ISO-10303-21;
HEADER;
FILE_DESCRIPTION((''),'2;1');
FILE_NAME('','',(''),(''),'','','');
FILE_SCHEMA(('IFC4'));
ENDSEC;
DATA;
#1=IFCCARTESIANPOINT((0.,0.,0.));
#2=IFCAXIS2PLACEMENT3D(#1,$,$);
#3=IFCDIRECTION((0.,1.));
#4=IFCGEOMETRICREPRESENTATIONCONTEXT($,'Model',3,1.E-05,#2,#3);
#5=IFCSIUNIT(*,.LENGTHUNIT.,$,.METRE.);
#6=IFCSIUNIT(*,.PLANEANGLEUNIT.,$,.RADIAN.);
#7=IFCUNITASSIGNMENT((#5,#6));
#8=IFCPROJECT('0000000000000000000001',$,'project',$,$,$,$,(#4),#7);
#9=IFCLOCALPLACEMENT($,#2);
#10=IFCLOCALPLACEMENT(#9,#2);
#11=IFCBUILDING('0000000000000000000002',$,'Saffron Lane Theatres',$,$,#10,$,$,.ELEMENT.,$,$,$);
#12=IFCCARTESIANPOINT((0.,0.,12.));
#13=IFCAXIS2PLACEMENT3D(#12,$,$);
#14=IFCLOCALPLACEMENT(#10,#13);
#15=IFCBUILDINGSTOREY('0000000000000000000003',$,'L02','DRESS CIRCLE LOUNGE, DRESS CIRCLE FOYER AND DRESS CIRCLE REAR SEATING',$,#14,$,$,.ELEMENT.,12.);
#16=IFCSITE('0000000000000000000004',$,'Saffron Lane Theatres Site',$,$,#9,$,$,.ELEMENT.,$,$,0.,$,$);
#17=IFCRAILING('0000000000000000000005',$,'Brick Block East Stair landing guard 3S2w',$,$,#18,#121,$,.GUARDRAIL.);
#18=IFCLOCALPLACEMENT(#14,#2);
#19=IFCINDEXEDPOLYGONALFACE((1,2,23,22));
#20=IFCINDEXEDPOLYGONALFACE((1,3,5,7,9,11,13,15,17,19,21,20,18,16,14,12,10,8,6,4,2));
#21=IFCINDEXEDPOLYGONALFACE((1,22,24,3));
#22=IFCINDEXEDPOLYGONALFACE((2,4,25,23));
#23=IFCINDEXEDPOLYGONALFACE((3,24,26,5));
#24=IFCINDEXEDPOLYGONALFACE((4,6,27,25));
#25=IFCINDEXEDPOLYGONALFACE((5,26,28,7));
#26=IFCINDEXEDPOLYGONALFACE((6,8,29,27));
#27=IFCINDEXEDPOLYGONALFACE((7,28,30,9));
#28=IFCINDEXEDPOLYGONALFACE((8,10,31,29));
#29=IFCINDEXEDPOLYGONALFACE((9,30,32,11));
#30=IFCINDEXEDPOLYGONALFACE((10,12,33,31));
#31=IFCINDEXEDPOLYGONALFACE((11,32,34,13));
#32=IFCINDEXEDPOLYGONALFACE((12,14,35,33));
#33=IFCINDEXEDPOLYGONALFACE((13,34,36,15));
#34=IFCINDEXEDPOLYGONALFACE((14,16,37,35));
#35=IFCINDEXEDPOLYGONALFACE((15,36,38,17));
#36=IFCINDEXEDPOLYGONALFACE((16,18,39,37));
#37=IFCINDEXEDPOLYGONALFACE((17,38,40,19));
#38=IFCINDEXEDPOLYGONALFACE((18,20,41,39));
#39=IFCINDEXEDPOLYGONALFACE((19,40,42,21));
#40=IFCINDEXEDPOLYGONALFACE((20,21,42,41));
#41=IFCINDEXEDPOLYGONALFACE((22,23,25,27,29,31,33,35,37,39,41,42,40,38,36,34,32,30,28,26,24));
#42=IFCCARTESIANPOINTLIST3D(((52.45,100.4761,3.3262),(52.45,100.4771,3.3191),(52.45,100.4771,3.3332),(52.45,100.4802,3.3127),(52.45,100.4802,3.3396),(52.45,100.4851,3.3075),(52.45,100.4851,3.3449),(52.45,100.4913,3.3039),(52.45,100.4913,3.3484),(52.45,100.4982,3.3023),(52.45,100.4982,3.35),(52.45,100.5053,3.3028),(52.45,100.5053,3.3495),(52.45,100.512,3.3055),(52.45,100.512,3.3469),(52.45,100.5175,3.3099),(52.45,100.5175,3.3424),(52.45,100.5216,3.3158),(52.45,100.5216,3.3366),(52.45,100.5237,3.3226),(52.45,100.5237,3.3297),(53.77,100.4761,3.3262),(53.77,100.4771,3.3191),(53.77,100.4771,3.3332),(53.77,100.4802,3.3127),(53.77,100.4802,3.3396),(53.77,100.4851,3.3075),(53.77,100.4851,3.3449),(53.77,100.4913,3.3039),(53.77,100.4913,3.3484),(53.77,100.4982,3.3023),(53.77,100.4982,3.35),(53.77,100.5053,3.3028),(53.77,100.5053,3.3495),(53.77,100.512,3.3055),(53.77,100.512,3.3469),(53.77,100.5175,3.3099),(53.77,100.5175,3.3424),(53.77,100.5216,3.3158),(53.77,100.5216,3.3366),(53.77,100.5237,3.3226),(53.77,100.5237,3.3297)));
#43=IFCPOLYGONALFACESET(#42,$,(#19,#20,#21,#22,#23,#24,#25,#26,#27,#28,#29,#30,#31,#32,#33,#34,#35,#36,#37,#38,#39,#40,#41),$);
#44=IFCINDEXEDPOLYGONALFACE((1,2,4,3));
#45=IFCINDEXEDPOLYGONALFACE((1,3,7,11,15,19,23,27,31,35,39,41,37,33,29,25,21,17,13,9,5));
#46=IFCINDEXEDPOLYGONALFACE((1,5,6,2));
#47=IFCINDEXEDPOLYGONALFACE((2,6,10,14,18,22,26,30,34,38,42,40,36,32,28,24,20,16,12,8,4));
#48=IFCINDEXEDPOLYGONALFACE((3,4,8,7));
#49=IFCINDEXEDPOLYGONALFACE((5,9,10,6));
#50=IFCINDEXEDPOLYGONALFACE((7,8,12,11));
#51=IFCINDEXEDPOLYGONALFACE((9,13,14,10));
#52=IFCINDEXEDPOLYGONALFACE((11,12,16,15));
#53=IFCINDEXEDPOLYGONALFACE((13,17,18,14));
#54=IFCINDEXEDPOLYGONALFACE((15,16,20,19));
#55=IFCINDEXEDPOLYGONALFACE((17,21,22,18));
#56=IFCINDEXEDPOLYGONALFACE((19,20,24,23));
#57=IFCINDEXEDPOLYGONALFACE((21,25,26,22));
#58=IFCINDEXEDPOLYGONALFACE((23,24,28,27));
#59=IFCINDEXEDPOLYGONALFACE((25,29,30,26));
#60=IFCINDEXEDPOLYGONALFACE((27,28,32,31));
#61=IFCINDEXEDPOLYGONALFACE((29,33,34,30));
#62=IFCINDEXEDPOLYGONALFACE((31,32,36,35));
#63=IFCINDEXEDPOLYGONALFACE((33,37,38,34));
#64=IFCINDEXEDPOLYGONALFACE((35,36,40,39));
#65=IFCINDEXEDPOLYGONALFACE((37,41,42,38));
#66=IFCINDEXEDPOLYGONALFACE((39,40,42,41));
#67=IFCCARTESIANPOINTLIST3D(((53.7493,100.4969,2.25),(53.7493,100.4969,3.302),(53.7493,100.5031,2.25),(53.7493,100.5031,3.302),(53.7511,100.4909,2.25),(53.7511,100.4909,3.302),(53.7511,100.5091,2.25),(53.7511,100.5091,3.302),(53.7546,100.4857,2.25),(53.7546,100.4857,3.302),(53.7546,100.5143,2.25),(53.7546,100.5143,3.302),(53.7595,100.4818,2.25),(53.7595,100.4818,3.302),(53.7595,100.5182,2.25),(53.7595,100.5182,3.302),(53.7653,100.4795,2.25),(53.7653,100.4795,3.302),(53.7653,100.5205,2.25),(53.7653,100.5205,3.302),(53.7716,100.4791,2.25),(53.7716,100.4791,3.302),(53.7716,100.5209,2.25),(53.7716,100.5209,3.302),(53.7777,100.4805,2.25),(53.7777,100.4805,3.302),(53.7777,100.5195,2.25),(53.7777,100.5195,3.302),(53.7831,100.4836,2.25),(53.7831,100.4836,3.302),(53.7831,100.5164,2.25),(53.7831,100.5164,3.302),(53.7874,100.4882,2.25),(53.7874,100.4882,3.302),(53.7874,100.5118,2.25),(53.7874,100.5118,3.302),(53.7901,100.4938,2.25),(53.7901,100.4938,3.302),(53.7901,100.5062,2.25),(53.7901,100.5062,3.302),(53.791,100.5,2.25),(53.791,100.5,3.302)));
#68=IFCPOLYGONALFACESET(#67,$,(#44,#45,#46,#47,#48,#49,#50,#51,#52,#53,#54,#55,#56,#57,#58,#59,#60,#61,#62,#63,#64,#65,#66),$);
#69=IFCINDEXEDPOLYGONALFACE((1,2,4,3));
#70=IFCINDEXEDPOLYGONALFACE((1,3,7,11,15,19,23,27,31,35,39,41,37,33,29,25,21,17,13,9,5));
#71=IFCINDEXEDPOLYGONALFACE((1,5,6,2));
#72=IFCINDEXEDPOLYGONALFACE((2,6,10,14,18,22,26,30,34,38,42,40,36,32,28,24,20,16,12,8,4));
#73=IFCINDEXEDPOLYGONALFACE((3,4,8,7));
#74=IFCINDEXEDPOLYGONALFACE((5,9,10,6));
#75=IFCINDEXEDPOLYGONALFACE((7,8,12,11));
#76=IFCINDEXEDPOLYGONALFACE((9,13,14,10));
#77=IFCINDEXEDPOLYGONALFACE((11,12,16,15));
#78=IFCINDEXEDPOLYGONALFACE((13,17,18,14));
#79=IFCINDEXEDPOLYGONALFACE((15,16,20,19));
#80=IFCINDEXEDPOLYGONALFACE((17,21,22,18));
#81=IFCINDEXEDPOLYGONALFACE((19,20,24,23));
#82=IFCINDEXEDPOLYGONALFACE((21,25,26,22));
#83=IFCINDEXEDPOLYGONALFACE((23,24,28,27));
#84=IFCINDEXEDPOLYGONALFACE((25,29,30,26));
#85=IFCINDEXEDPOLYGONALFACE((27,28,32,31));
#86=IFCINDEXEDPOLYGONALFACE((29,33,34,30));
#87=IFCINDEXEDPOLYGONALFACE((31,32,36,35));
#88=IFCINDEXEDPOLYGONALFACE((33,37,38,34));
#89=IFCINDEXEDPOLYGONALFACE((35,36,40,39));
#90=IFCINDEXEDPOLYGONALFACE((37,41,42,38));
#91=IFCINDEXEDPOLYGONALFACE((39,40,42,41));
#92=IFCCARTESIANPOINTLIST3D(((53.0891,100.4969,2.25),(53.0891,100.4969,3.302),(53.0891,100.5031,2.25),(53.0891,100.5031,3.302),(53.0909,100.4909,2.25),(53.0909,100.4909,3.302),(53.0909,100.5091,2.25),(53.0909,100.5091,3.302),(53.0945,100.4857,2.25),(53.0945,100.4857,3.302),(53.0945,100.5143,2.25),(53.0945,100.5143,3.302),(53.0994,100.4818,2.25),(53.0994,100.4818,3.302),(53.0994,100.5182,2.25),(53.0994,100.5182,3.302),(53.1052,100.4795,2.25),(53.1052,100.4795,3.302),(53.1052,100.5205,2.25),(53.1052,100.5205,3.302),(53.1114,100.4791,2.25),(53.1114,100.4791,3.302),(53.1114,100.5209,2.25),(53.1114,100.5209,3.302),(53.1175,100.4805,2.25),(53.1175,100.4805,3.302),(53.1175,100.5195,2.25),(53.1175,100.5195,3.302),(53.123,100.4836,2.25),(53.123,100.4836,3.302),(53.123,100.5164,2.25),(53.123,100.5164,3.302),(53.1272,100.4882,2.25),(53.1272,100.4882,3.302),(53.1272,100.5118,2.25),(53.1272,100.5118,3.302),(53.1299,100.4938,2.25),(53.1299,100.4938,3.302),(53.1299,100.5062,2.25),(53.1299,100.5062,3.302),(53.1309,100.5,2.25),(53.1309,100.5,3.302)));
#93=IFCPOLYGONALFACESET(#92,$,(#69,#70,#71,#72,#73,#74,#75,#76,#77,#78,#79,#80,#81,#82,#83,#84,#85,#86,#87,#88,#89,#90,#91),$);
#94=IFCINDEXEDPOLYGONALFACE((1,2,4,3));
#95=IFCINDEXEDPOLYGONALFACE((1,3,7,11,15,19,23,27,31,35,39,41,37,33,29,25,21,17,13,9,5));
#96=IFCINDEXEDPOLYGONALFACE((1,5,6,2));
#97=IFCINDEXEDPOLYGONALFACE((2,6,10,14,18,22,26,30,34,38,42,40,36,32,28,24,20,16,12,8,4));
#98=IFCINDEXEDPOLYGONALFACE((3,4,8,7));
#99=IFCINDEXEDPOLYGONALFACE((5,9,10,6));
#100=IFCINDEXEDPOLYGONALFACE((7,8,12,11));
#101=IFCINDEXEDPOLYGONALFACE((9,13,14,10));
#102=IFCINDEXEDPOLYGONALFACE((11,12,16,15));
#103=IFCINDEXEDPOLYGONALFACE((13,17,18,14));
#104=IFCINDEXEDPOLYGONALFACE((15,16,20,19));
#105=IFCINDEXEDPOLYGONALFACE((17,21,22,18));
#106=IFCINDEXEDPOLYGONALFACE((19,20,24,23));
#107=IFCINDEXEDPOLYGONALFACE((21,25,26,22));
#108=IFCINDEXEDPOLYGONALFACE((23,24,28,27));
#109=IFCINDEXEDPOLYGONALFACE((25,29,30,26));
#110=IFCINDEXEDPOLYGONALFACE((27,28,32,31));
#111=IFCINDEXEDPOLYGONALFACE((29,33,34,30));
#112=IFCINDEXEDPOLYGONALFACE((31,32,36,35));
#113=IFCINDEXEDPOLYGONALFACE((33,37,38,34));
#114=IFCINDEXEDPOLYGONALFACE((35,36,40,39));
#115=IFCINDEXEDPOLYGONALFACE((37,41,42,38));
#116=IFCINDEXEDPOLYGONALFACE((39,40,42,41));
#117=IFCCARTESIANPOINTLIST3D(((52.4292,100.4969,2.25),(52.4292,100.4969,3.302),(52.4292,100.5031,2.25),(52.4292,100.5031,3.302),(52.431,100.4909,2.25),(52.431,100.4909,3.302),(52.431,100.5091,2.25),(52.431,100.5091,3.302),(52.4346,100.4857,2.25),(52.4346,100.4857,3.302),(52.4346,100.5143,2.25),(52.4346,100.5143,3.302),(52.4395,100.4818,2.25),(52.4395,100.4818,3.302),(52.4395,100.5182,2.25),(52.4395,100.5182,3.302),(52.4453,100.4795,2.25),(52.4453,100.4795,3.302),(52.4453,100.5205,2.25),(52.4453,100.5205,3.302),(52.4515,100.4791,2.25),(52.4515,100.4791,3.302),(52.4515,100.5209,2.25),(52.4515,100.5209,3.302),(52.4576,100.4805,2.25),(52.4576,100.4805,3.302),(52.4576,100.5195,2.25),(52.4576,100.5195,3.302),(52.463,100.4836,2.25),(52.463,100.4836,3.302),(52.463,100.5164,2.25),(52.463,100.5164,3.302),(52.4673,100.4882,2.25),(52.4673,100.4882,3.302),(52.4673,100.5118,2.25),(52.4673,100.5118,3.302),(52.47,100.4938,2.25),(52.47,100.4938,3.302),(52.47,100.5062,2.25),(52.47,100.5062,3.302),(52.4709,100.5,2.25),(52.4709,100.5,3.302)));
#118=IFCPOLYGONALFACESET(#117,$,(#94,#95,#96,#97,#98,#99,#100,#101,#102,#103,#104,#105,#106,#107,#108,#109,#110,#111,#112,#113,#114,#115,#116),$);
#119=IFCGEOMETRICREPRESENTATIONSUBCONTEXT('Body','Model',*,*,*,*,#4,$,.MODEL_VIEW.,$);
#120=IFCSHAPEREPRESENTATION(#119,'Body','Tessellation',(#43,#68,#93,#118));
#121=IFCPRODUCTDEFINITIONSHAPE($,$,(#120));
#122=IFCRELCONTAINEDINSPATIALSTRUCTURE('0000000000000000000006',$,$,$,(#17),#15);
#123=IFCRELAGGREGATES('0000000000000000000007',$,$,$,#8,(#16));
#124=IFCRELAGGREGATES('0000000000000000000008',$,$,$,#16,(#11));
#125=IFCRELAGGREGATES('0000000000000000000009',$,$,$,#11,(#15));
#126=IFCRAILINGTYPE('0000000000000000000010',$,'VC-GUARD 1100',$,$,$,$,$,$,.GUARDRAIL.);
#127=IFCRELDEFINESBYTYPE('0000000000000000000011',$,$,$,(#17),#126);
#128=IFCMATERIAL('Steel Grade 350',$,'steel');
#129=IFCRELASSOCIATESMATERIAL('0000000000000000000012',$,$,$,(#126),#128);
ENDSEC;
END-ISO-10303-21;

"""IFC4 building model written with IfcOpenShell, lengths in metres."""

from ifc_helpers import new_model, si_unit, direction, frame, origin, origin_2d, place, context, subcontext, project, spatial, circle, extrude, material, type_object, element, save


model = new_model("IFC4")

# Units and contexts
model_context = context("Model", 3, precision=1e-05, world=origin(), true_north=direction((0.0, 1.0)))
body_context = subcontext(model_context, "Body", "Model", "MODEL_VIEW")
ifc_project = project(units=[si_unit("LENGTHUNIT", "METRE"), si_unit("PLANEANGLEUNIT", "RADIAN")], contexts=[model_context])

# Site, building, storey
site_placement = place(None, origin())
site = spatial("IfcSite", under=ifc_project, at=site_placement, Name="Saffron Lane Theatres Site", CompositionType="ELEMENT", RefElevation=0.0)
building_placement = place(site_placement, origin())
building = spatial("IfcBuilding", under=site, at=building_placement, Name="Saffron Lane Theatres", CompositionType="ELEMENT")
storey_placement = place(building_placement, frame((0.0, 0.0, 12.0)))
storey = spatial("IfcBuildingStorey", under=building, at=storey_placement, Name="L02", Description="DRESS CIRCLE LOUNGE, DRESS CIRCLE FOYER AND DRESS CIRCLE REAR SEATING", CompositionType="ELEMENT", Elevation=12.0)

# Railing
ifc_material_1 = material(Name="Steel Grade 350", Category="steel")
railing_type_1 = type_object("IfcRailingType", Name="VC-GUARD 1100", PredefinedType="GUARDRAIL", material=ifc_material_1)
railing_1_placement = place(storey_placement, frame((53.77, 100.5, 2.25)))
element("IfcRailing", 1, at=railing_1_placement, inside=storey, type_object=railing_type_1, Name="Brick Block East Stair landing guard 3S2w", PredefinedType="GUARDRAIL", context=body_context, shape_type="SweptSolid", body=[
    extrude(circle(Radius=0.0239, at=origin_2d()), frame((0.0, 0.0, 1.0762), z_axis=(-1.0, 0.0, 0.0), x_axis=(0.0, -1.0, 0.0)), (0.0, 0.0, 1.0), 1.3201),
    extrude(circle(Radius=0.021, at=origin_2d()), origin(), (0.0, 0.0, 1.0), 1.052),
    extrude(circle(Radius=0.021, at=origin_2d()), frame((-0.6602, 0.0, 0.0)), (0.0, 0.0, 1.0), 1.052),
    extrude(circle(Radius=0.021, at=origin_2d()), frame((-1.3201, 0.0, 0.0)), (0.0, 0.0, 1.0), 1.052),
])

save(model, "model.ifc")
